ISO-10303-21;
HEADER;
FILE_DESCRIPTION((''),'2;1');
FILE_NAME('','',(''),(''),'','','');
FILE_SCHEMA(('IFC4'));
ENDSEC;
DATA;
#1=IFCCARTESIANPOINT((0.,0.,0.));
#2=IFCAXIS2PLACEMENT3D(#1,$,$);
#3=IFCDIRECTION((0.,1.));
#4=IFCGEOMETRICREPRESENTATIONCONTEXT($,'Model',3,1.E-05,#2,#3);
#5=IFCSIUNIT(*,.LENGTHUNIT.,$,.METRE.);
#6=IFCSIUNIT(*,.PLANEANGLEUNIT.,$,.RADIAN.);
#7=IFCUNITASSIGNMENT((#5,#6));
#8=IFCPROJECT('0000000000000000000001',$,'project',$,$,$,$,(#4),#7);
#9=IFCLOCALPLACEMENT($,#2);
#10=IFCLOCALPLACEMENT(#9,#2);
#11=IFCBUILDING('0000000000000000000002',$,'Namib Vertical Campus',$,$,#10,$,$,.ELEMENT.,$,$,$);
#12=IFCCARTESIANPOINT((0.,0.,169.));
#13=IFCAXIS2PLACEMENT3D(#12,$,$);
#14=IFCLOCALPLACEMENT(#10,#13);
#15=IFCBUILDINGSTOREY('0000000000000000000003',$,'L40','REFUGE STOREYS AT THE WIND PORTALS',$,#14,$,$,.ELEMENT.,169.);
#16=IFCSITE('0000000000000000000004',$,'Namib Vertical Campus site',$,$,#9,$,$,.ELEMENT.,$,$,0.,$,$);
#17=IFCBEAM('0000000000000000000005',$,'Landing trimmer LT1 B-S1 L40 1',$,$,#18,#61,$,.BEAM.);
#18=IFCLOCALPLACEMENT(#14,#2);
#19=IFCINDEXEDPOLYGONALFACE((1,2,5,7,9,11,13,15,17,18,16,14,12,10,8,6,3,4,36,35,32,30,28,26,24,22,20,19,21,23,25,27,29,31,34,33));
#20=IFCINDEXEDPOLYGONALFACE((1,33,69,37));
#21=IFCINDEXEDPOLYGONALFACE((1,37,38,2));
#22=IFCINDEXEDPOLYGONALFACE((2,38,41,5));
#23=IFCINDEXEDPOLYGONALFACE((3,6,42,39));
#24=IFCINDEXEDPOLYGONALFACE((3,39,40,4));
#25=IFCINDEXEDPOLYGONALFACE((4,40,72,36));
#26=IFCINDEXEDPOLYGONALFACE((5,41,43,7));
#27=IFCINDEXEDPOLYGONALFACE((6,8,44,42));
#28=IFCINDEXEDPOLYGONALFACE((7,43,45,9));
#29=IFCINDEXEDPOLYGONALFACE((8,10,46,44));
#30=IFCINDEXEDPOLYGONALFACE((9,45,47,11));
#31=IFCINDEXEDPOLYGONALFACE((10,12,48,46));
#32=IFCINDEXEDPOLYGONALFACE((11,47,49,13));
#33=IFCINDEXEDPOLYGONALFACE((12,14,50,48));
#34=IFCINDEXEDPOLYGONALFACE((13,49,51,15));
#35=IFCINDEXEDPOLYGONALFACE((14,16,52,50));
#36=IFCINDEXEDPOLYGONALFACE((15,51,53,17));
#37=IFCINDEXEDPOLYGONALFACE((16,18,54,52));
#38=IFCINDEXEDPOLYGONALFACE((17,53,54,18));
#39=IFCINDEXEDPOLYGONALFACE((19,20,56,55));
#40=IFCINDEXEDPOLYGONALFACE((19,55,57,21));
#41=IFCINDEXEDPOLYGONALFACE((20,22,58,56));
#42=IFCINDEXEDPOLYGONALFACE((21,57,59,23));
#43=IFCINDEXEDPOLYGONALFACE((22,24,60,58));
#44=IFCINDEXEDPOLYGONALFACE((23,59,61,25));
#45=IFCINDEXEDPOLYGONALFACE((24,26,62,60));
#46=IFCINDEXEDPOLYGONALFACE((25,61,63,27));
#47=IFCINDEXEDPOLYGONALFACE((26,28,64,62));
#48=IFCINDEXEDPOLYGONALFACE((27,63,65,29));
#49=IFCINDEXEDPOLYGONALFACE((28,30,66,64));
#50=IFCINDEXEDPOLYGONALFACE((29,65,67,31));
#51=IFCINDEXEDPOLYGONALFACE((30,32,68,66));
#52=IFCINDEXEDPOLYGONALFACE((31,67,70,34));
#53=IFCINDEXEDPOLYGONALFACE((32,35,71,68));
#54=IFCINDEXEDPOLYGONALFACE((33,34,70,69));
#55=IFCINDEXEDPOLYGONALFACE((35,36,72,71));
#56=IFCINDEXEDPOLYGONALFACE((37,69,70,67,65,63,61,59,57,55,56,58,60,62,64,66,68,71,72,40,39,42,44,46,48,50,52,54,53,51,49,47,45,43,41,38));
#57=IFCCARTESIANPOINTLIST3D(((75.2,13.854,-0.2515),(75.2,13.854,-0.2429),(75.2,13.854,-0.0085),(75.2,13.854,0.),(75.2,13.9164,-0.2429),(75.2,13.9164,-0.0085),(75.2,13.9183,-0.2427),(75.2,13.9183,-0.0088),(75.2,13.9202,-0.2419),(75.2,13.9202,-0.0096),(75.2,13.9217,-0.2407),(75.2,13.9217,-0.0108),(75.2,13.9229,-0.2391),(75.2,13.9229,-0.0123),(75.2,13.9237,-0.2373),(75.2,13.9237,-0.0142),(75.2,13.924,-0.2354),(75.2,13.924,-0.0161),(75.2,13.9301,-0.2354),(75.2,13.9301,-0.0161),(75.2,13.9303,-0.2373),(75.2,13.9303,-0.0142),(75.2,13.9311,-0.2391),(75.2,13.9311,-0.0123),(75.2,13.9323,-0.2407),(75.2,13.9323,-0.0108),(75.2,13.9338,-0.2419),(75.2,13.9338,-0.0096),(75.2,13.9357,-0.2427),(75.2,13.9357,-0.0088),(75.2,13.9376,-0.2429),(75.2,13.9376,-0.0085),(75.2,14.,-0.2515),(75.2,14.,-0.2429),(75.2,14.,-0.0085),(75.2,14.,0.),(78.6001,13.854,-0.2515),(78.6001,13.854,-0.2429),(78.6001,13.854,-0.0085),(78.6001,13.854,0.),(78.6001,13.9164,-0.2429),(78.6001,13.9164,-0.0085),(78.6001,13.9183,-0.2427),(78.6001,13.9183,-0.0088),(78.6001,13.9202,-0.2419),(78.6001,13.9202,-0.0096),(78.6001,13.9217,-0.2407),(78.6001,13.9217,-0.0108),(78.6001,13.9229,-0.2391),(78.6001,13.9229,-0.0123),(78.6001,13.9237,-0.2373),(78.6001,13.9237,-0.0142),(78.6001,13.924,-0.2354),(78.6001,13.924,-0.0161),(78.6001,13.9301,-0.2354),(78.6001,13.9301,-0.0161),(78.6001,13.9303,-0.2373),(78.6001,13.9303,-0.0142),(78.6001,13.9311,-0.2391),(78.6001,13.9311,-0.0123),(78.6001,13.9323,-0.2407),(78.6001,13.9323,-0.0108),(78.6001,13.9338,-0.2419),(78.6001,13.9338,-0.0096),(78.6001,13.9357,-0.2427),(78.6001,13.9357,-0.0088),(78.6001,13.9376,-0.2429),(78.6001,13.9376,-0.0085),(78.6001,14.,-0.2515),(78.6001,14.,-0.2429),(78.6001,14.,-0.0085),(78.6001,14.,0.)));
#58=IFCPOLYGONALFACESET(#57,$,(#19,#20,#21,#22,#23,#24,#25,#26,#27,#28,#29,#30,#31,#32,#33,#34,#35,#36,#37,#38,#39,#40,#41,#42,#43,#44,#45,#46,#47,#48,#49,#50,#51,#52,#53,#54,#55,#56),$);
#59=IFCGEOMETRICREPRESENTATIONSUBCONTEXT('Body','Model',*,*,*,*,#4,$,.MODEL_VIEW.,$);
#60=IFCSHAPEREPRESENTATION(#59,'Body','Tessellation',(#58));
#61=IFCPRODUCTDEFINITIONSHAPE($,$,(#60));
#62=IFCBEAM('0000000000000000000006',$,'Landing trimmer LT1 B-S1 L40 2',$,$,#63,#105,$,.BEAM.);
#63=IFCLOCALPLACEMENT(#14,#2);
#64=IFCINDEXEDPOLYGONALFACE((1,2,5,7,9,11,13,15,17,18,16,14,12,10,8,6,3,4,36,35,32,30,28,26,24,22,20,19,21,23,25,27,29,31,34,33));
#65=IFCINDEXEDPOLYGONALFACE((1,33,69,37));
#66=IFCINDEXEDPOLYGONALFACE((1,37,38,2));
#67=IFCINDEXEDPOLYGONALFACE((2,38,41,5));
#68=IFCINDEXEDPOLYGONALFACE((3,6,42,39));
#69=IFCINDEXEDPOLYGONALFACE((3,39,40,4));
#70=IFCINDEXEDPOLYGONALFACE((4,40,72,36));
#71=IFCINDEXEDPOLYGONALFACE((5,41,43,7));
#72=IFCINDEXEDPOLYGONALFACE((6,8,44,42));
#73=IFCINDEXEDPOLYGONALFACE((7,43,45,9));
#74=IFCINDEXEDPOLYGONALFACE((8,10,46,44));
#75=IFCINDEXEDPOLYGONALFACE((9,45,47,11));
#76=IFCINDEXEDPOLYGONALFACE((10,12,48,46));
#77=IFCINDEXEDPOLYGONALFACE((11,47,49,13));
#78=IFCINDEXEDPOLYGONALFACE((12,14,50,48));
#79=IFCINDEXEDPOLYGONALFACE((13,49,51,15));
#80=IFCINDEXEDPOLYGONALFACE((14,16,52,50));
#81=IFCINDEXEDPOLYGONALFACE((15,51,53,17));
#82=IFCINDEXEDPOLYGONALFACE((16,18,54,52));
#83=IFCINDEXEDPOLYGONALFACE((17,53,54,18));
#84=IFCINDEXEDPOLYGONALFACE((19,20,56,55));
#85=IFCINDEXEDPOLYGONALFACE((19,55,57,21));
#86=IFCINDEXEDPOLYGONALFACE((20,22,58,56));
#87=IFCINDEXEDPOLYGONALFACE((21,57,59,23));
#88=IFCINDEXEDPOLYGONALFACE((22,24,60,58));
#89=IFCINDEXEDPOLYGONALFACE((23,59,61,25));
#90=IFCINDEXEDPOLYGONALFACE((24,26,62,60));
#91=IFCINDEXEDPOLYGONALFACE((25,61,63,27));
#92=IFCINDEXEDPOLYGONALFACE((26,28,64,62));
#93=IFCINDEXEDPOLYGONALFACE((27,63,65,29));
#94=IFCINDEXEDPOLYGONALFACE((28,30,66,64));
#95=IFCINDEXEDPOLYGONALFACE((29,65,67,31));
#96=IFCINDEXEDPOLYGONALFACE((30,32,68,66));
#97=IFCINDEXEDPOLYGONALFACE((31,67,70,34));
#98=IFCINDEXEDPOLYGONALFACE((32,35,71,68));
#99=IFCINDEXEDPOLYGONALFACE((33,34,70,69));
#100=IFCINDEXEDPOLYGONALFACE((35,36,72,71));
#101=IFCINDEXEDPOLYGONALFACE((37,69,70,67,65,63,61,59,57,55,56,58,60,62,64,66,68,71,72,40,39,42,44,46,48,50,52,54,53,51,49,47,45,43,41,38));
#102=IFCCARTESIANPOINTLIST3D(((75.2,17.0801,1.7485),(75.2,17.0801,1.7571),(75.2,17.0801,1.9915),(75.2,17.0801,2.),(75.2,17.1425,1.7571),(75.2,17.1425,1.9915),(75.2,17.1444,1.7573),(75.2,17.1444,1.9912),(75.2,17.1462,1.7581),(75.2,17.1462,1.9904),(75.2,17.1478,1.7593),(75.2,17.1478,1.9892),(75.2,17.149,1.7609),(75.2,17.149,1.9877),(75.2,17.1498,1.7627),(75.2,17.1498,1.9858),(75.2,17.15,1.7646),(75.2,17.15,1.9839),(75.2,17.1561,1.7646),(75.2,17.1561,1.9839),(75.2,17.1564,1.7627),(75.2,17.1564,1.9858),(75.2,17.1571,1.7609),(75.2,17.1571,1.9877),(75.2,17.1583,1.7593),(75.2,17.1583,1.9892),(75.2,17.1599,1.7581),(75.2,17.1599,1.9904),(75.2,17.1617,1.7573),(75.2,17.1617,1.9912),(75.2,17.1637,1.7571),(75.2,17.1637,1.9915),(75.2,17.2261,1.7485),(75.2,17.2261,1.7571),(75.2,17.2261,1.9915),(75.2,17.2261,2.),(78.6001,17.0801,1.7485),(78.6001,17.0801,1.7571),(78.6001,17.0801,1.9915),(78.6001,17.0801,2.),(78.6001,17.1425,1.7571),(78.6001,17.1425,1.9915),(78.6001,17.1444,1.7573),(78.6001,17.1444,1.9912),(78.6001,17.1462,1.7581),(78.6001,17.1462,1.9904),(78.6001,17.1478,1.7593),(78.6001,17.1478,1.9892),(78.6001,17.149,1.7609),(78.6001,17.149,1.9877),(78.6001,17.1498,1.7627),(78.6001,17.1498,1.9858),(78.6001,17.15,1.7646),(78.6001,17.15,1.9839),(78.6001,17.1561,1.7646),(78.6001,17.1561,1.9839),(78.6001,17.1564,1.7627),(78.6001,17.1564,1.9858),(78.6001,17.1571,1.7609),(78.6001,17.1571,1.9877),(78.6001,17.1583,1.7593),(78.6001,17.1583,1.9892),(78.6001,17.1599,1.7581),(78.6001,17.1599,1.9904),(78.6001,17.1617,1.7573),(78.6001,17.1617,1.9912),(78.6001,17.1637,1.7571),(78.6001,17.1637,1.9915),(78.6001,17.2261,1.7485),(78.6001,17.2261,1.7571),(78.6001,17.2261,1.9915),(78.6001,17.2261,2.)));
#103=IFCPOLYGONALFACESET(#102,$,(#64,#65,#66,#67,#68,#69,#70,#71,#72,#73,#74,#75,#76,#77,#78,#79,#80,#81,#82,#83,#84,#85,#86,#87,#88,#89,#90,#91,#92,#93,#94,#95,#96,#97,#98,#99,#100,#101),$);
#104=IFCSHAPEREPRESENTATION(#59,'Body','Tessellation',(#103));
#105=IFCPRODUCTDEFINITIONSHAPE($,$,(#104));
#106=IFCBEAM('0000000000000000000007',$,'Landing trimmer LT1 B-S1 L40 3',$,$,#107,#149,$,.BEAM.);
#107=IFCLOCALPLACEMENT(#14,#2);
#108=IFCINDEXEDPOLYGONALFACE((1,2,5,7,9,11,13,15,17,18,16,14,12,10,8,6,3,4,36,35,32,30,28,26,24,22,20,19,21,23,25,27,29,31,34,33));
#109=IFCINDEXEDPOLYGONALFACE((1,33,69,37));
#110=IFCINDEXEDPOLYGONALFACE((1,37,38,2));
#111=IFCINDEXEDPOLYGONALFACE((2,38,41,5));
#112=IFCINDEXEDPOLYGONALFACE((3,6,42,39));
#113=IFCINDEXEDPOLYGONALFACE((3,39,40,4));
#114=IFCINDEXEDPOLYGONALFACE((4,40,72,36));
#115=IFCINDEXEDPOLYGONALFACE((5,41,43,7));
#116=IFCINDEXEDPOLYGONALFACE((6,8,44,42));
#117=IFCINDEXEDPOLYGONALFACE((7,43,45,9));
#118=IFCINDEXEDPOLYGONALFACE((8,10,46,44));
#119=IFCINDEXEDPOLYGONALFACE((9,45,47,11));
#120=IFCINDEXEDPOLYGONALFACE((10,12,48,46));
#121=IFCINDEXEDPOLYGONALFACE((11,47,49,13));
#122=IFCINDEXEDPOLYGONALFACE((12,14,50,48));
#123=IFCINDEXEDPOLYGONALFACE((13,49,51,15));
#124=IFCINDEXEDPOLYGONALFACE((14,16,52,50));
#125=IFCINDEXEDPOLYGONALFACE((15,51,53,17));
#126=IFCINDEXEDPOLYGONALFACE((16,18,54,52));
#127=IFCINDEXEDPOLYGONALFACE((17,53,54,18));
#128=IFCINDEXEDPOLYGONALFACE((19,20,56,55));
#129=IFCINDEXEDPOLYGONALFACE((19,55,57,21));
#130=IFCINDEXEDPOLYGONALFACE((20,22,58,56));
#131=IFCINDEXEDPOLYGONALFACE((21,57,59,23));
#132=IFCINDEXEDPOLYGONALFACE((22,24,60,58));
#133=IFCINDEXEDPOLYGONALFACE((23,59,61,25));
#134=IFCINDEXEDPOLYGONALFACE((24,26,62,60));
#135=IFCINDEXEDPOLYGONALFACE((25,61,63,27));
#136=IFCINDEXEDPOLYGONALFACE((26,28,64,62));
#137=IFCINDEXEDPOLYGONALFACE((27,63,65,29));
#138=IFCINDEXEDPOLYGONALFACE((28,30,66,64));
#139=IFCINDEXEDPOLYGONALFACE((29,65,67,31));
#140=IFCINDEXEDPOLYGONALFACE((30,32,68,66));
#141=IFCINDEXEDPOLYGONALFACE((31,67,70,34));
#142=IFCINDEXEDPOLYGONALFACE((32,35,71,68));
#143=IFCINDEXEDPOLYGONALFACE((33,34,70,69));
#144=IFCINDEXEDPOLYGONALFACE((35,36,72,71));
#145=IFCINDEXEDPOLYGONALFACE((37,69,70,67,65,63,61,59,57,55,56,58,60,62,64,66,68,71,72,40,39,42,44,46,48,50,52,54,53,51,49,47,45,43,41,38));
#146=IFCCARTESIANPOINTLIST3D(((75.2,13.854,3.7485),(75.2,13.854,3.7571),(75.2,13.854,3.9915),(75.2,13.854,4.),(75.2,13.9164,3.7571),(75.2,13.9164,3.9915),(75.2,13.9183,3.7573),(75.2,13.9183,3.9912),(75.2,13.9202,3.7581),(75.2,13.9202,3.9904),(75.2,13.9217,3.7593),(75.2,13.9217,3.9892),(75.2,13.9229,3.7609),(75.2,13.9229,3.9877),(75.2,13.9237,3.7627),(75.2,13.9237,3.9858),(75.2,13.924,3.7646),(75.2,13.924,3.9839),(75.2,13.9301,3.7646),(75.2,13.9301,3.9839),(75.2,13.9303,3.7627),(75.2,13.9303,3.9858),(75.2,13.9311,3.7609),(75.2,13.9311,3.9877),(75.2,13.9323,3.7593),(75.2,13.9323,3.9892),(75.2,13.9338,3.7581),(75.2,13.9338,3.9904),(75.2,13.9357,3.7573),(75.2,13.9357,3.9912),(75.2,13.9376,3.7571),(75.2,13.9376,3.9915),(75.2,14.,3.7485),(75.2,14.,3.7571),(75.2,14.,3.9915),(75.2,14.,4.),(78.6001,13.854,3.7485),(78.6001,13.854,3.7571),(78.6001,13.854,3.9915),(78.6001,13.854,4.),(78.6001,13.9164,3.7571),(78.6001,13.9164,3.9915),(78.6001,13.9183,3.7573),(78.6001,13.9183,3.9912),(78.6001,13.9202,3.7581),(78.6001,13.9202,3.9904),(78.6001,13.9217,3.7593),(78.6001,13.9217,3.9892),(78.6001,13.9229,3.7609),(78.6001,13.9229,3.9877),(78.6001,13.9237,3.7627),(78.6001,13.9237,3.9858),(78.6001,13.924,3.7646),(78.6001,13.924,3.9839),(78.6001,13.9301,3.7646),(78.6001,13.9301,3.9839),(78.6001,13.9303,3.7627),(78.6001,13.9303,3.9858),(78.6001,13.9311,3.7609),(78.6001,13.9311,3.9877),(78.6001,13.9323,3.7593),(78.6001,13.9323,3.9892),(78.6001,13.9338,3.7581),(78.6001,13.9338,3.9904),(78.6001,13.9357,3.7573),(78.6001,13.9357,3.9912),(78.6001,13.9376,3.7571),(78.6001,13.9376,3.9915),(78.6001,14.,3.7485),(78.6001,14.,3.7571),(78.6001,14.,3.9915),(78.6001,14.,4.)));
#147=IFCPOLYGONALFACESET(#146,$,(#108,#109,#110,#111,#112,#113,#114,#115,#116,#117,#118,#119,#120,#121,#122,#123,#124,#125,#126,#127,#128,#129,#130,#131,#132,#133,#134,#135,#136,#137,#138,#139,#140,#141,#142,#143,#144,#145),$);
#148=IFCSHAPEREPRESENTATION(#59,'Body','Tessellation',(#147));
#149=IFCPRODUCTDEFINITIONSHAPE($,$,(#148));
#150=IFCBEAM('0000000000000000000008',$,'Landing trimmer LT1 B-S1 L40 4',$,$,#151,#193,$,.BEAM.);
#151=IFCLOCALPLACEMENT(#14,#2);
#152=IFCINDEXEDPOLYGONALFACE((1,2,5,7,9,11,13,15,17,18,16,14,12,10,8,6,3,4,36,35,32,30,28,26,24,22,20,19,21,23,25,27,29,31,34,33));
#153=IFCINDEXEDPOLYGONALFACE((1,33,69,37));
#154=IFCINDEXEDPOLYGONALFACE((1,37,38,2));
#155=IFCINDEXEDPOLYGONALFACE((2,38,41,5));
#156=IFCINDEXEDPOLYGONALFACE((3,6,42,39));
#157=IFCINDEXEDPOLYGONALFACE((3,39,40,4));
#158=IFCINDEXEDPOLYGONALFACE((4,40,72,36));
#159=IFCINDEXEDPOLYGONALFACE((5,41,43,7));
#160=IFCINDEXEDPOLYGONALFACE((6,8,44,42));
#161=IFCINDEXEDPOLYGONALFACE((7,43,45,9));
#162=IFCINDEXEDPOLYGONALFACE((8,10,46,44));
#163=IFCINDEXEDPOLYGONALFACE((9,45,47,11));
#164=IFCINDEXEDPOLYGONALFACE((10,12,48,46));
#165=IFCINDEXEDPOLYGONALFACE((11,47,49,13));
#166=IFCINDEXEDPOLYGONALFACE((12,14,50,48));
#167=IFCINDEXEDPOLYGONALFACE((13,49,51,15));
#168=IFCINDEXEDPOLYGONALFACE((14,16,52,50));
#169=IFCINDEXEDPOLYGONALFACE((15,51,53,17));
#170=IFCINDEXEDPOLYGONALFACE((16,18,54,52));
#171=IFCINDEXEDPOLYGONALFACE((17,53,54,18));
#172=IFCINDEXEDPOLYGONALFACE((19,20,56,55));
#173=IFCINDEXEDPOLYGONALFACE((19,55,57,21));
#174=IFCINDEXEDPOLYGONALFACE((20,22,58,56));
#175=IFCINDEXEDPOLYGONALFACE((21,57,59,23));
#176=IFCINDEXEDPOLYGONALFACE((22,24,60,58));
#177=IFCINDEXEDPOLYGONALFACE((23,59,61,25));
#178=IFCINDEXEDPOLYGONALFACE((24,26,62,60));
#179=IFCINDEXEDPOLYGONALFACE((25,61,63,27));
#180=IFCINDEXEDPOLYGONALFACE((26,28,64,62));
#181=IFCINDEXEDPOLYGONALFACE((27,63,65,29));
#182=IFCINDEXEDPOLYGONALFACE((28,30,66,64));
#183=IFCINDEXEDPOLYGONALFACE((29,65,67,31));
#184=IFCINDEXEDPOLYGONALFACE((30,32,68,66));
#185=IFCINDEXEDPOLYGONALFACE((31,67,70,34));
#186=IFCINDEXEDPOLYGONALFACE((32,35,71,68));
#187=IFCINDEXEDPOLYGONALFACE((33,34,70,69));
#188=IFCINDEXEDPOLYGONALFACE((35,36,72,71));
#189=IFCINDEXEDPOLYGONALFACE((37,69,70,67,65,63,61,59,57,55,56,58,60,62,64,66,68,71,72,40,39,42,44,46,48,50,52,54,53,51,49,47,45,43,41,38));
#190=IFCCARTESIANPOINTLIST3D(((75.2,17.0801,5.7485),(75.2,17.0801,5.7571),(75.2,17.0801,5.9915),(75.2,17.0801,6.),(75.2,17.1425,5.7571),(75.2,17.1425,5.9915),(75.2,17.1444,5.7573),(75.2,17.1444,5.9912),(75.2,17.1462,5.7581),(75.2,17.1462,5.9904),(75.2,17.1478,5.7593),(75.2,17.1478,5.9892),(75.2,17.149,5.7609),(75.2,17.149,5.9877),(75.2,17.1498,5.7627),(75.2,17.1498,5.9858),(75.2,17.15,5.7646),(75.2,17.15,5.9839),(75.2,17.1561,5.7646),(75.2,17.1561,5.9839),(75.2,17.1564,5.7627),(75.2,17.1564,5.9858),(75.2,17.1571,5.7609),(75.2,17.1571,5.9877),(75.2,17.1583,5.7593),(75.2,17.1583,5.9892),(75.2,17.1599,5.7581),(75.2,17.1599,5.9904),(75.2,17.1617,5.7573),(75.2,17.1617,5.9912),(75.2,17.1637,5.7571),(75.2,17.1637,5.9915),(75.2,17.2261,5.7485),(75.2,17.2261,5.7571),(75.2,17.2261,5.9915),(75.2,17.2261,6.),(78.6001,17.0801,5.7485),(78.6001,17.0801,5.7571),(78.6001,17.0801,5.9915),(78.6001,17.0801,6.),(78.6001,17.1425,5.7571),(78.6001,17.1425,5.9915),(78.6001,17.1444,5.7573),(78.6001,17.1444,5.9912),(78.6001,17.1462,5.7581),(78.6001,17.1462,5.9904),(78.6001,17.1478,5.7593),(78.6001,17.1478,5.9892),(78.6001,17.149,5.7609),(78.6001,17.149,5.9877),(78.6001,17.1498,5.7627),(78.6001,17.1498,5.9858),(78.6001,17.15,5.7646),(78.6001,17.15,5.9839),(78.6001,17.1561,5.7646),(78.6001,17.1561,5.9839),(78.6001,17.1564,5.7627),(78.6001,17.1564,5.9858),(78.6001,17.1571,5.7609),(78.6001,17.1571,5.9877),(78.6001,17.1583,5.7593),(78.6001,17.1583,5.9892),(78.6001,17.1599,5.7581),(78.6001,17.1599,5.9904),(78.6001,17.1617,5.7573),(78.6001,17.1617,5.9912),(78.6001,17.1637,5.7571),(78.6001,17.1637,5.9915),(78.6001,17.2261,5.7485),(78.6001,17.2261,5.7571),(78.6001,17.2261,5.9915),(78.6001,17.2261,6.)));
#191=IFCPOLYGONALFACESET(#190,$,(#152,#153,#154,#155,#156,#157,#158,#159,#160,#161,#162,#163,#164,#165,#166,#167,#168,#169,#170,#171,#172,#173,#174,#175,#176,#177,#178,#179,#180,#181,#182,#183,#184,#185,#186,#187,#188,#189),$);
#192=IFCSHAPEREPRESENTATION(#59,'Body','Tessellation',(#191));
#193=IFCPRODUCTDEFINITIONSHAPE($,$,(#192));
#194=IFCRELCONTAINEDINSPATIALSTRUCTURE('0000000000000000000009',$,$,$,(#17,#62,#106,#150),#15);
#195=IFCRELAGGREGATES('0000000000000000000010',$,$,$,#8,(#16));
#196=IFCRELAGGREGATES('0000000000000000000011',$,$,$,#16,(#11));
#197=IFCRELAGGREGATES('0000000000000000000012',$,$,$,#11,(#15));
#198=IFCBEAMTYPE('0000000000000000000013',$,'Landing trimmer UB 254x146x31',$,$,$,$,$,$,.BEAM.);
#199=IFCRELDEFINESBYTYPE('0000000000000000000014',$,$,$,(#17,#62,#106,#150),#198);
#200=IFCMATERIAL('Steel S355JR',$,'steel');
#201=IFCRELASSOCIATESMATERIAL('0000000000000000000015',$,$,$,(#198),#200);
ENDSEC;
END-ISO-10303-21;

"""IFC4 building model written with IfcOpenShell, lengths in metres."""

from ifc_helpers import new_model, si_unit, direction, frame, origin, origin_2d, place, context, subcontext, project, spatial, i_section, extrude, material, material_profile, profile_set, type_object, element, save


model = new_model("IFC4")

# Units and contexts
model_context = context("Model", 3, precision=1e-05, world=origin(), true_north=direction((0.0, 1.0)))
body_context = subcontext(model_context, "Body", "Model", "MODEL_VIEW")
ifc_project = project(units=[si_unit("LENGTHUNIT", "METRE"), si_unit("PLANEANGLEUNIT", "RADIAN")], contexts=[model_context])

# Site, building, storey
site_placement = place(None, origin())
site = spatial("IfcSite", under=ifc_project, at=site_placement, Name="Namib Vertical Campus site", CompositionType="ELEMENT", RefElevation=0.0)
building_placement = place(site_placement, origin())
building = spatial("IfcBuilding", under=site, at=building_placement, Name="Namib Vertical Campus", CompositionType="ELEMENT")
storey_placement = place(building_placement, frame((0.0, 0.0, 169.0)))
storey = spatial("IfcBuildingStorey", under=building, at=storey_placement, Name="L40", Description="REFUGE STOREYS AT THE WIND PORTALS", CompositionType="ELEMENT", Elevation=169.0)

# Beams
ifc_material_1 = material(Name="Steel S355JR", Category="steel")
ifc_material_profile = material_profile(ifc_material_1, i_section(OverallWidth=0.146, OverallDepth=0.2515, WebThickness=0.0061, FlangeThickness=0.0085, FilletRadius=0.0076, at=origin_2d()))
ifc_profile_set = profile_set([ifc_material_profile], Name="Steel S355JR")
beam_type = type_object("IfcBeamType", Name="Landing trimmer UB 254x146x31", PredefinedType="BEAM", material=ifc_profile_set)
for number, where, z_axis, x_axis, name in (
    (1, (75.2, 13.927, -0.1257), (1.0, 0.0, 0.0), (0.0, 1.0, 0.0), "Landing trimmer LT1 B-S1 L40 1"),
    (2, (75.2, 17.1531, 1.8743), (1.0, 0.0, 0.0), (0.0, 1.0, 0.0), "Landing trimmer LT1 B-S1 L40 2"),
    (3, (75.2, 13.927, 3.8743), (1.0, 0.0, 0.0), (0.0, 1.0, 0.0), "Landing trimmer LT1 B-S1 L40 3"),
    (4, (75.2, 17.1531, 5.8743), (1.0, 0.0, 0.0), (0.0, 1.0, 0.0), "Landing trimmer LT1 B-S1 L40 4"),
):
    element("IfcBeam", number, at=place(storey_placement, frame(where, z_axis=z_axis, x_axis=x_axis)), inside=storey, type_object=beam_type, Name=name, PredefinedType="BEAM", context=body_context, shape_type="SweptSolid", body=[
        extrude(i_section(OverallWidth=0.146, OverallDepth=0.2515, WebThickness=0.0061, FlangeThickness=0.0085, FilletRadius=0.0076, at=origin_2d()), origin(), (0.0, 0.0, 1.0), 3.4001),
    ])

save(model, "model.ifc")
